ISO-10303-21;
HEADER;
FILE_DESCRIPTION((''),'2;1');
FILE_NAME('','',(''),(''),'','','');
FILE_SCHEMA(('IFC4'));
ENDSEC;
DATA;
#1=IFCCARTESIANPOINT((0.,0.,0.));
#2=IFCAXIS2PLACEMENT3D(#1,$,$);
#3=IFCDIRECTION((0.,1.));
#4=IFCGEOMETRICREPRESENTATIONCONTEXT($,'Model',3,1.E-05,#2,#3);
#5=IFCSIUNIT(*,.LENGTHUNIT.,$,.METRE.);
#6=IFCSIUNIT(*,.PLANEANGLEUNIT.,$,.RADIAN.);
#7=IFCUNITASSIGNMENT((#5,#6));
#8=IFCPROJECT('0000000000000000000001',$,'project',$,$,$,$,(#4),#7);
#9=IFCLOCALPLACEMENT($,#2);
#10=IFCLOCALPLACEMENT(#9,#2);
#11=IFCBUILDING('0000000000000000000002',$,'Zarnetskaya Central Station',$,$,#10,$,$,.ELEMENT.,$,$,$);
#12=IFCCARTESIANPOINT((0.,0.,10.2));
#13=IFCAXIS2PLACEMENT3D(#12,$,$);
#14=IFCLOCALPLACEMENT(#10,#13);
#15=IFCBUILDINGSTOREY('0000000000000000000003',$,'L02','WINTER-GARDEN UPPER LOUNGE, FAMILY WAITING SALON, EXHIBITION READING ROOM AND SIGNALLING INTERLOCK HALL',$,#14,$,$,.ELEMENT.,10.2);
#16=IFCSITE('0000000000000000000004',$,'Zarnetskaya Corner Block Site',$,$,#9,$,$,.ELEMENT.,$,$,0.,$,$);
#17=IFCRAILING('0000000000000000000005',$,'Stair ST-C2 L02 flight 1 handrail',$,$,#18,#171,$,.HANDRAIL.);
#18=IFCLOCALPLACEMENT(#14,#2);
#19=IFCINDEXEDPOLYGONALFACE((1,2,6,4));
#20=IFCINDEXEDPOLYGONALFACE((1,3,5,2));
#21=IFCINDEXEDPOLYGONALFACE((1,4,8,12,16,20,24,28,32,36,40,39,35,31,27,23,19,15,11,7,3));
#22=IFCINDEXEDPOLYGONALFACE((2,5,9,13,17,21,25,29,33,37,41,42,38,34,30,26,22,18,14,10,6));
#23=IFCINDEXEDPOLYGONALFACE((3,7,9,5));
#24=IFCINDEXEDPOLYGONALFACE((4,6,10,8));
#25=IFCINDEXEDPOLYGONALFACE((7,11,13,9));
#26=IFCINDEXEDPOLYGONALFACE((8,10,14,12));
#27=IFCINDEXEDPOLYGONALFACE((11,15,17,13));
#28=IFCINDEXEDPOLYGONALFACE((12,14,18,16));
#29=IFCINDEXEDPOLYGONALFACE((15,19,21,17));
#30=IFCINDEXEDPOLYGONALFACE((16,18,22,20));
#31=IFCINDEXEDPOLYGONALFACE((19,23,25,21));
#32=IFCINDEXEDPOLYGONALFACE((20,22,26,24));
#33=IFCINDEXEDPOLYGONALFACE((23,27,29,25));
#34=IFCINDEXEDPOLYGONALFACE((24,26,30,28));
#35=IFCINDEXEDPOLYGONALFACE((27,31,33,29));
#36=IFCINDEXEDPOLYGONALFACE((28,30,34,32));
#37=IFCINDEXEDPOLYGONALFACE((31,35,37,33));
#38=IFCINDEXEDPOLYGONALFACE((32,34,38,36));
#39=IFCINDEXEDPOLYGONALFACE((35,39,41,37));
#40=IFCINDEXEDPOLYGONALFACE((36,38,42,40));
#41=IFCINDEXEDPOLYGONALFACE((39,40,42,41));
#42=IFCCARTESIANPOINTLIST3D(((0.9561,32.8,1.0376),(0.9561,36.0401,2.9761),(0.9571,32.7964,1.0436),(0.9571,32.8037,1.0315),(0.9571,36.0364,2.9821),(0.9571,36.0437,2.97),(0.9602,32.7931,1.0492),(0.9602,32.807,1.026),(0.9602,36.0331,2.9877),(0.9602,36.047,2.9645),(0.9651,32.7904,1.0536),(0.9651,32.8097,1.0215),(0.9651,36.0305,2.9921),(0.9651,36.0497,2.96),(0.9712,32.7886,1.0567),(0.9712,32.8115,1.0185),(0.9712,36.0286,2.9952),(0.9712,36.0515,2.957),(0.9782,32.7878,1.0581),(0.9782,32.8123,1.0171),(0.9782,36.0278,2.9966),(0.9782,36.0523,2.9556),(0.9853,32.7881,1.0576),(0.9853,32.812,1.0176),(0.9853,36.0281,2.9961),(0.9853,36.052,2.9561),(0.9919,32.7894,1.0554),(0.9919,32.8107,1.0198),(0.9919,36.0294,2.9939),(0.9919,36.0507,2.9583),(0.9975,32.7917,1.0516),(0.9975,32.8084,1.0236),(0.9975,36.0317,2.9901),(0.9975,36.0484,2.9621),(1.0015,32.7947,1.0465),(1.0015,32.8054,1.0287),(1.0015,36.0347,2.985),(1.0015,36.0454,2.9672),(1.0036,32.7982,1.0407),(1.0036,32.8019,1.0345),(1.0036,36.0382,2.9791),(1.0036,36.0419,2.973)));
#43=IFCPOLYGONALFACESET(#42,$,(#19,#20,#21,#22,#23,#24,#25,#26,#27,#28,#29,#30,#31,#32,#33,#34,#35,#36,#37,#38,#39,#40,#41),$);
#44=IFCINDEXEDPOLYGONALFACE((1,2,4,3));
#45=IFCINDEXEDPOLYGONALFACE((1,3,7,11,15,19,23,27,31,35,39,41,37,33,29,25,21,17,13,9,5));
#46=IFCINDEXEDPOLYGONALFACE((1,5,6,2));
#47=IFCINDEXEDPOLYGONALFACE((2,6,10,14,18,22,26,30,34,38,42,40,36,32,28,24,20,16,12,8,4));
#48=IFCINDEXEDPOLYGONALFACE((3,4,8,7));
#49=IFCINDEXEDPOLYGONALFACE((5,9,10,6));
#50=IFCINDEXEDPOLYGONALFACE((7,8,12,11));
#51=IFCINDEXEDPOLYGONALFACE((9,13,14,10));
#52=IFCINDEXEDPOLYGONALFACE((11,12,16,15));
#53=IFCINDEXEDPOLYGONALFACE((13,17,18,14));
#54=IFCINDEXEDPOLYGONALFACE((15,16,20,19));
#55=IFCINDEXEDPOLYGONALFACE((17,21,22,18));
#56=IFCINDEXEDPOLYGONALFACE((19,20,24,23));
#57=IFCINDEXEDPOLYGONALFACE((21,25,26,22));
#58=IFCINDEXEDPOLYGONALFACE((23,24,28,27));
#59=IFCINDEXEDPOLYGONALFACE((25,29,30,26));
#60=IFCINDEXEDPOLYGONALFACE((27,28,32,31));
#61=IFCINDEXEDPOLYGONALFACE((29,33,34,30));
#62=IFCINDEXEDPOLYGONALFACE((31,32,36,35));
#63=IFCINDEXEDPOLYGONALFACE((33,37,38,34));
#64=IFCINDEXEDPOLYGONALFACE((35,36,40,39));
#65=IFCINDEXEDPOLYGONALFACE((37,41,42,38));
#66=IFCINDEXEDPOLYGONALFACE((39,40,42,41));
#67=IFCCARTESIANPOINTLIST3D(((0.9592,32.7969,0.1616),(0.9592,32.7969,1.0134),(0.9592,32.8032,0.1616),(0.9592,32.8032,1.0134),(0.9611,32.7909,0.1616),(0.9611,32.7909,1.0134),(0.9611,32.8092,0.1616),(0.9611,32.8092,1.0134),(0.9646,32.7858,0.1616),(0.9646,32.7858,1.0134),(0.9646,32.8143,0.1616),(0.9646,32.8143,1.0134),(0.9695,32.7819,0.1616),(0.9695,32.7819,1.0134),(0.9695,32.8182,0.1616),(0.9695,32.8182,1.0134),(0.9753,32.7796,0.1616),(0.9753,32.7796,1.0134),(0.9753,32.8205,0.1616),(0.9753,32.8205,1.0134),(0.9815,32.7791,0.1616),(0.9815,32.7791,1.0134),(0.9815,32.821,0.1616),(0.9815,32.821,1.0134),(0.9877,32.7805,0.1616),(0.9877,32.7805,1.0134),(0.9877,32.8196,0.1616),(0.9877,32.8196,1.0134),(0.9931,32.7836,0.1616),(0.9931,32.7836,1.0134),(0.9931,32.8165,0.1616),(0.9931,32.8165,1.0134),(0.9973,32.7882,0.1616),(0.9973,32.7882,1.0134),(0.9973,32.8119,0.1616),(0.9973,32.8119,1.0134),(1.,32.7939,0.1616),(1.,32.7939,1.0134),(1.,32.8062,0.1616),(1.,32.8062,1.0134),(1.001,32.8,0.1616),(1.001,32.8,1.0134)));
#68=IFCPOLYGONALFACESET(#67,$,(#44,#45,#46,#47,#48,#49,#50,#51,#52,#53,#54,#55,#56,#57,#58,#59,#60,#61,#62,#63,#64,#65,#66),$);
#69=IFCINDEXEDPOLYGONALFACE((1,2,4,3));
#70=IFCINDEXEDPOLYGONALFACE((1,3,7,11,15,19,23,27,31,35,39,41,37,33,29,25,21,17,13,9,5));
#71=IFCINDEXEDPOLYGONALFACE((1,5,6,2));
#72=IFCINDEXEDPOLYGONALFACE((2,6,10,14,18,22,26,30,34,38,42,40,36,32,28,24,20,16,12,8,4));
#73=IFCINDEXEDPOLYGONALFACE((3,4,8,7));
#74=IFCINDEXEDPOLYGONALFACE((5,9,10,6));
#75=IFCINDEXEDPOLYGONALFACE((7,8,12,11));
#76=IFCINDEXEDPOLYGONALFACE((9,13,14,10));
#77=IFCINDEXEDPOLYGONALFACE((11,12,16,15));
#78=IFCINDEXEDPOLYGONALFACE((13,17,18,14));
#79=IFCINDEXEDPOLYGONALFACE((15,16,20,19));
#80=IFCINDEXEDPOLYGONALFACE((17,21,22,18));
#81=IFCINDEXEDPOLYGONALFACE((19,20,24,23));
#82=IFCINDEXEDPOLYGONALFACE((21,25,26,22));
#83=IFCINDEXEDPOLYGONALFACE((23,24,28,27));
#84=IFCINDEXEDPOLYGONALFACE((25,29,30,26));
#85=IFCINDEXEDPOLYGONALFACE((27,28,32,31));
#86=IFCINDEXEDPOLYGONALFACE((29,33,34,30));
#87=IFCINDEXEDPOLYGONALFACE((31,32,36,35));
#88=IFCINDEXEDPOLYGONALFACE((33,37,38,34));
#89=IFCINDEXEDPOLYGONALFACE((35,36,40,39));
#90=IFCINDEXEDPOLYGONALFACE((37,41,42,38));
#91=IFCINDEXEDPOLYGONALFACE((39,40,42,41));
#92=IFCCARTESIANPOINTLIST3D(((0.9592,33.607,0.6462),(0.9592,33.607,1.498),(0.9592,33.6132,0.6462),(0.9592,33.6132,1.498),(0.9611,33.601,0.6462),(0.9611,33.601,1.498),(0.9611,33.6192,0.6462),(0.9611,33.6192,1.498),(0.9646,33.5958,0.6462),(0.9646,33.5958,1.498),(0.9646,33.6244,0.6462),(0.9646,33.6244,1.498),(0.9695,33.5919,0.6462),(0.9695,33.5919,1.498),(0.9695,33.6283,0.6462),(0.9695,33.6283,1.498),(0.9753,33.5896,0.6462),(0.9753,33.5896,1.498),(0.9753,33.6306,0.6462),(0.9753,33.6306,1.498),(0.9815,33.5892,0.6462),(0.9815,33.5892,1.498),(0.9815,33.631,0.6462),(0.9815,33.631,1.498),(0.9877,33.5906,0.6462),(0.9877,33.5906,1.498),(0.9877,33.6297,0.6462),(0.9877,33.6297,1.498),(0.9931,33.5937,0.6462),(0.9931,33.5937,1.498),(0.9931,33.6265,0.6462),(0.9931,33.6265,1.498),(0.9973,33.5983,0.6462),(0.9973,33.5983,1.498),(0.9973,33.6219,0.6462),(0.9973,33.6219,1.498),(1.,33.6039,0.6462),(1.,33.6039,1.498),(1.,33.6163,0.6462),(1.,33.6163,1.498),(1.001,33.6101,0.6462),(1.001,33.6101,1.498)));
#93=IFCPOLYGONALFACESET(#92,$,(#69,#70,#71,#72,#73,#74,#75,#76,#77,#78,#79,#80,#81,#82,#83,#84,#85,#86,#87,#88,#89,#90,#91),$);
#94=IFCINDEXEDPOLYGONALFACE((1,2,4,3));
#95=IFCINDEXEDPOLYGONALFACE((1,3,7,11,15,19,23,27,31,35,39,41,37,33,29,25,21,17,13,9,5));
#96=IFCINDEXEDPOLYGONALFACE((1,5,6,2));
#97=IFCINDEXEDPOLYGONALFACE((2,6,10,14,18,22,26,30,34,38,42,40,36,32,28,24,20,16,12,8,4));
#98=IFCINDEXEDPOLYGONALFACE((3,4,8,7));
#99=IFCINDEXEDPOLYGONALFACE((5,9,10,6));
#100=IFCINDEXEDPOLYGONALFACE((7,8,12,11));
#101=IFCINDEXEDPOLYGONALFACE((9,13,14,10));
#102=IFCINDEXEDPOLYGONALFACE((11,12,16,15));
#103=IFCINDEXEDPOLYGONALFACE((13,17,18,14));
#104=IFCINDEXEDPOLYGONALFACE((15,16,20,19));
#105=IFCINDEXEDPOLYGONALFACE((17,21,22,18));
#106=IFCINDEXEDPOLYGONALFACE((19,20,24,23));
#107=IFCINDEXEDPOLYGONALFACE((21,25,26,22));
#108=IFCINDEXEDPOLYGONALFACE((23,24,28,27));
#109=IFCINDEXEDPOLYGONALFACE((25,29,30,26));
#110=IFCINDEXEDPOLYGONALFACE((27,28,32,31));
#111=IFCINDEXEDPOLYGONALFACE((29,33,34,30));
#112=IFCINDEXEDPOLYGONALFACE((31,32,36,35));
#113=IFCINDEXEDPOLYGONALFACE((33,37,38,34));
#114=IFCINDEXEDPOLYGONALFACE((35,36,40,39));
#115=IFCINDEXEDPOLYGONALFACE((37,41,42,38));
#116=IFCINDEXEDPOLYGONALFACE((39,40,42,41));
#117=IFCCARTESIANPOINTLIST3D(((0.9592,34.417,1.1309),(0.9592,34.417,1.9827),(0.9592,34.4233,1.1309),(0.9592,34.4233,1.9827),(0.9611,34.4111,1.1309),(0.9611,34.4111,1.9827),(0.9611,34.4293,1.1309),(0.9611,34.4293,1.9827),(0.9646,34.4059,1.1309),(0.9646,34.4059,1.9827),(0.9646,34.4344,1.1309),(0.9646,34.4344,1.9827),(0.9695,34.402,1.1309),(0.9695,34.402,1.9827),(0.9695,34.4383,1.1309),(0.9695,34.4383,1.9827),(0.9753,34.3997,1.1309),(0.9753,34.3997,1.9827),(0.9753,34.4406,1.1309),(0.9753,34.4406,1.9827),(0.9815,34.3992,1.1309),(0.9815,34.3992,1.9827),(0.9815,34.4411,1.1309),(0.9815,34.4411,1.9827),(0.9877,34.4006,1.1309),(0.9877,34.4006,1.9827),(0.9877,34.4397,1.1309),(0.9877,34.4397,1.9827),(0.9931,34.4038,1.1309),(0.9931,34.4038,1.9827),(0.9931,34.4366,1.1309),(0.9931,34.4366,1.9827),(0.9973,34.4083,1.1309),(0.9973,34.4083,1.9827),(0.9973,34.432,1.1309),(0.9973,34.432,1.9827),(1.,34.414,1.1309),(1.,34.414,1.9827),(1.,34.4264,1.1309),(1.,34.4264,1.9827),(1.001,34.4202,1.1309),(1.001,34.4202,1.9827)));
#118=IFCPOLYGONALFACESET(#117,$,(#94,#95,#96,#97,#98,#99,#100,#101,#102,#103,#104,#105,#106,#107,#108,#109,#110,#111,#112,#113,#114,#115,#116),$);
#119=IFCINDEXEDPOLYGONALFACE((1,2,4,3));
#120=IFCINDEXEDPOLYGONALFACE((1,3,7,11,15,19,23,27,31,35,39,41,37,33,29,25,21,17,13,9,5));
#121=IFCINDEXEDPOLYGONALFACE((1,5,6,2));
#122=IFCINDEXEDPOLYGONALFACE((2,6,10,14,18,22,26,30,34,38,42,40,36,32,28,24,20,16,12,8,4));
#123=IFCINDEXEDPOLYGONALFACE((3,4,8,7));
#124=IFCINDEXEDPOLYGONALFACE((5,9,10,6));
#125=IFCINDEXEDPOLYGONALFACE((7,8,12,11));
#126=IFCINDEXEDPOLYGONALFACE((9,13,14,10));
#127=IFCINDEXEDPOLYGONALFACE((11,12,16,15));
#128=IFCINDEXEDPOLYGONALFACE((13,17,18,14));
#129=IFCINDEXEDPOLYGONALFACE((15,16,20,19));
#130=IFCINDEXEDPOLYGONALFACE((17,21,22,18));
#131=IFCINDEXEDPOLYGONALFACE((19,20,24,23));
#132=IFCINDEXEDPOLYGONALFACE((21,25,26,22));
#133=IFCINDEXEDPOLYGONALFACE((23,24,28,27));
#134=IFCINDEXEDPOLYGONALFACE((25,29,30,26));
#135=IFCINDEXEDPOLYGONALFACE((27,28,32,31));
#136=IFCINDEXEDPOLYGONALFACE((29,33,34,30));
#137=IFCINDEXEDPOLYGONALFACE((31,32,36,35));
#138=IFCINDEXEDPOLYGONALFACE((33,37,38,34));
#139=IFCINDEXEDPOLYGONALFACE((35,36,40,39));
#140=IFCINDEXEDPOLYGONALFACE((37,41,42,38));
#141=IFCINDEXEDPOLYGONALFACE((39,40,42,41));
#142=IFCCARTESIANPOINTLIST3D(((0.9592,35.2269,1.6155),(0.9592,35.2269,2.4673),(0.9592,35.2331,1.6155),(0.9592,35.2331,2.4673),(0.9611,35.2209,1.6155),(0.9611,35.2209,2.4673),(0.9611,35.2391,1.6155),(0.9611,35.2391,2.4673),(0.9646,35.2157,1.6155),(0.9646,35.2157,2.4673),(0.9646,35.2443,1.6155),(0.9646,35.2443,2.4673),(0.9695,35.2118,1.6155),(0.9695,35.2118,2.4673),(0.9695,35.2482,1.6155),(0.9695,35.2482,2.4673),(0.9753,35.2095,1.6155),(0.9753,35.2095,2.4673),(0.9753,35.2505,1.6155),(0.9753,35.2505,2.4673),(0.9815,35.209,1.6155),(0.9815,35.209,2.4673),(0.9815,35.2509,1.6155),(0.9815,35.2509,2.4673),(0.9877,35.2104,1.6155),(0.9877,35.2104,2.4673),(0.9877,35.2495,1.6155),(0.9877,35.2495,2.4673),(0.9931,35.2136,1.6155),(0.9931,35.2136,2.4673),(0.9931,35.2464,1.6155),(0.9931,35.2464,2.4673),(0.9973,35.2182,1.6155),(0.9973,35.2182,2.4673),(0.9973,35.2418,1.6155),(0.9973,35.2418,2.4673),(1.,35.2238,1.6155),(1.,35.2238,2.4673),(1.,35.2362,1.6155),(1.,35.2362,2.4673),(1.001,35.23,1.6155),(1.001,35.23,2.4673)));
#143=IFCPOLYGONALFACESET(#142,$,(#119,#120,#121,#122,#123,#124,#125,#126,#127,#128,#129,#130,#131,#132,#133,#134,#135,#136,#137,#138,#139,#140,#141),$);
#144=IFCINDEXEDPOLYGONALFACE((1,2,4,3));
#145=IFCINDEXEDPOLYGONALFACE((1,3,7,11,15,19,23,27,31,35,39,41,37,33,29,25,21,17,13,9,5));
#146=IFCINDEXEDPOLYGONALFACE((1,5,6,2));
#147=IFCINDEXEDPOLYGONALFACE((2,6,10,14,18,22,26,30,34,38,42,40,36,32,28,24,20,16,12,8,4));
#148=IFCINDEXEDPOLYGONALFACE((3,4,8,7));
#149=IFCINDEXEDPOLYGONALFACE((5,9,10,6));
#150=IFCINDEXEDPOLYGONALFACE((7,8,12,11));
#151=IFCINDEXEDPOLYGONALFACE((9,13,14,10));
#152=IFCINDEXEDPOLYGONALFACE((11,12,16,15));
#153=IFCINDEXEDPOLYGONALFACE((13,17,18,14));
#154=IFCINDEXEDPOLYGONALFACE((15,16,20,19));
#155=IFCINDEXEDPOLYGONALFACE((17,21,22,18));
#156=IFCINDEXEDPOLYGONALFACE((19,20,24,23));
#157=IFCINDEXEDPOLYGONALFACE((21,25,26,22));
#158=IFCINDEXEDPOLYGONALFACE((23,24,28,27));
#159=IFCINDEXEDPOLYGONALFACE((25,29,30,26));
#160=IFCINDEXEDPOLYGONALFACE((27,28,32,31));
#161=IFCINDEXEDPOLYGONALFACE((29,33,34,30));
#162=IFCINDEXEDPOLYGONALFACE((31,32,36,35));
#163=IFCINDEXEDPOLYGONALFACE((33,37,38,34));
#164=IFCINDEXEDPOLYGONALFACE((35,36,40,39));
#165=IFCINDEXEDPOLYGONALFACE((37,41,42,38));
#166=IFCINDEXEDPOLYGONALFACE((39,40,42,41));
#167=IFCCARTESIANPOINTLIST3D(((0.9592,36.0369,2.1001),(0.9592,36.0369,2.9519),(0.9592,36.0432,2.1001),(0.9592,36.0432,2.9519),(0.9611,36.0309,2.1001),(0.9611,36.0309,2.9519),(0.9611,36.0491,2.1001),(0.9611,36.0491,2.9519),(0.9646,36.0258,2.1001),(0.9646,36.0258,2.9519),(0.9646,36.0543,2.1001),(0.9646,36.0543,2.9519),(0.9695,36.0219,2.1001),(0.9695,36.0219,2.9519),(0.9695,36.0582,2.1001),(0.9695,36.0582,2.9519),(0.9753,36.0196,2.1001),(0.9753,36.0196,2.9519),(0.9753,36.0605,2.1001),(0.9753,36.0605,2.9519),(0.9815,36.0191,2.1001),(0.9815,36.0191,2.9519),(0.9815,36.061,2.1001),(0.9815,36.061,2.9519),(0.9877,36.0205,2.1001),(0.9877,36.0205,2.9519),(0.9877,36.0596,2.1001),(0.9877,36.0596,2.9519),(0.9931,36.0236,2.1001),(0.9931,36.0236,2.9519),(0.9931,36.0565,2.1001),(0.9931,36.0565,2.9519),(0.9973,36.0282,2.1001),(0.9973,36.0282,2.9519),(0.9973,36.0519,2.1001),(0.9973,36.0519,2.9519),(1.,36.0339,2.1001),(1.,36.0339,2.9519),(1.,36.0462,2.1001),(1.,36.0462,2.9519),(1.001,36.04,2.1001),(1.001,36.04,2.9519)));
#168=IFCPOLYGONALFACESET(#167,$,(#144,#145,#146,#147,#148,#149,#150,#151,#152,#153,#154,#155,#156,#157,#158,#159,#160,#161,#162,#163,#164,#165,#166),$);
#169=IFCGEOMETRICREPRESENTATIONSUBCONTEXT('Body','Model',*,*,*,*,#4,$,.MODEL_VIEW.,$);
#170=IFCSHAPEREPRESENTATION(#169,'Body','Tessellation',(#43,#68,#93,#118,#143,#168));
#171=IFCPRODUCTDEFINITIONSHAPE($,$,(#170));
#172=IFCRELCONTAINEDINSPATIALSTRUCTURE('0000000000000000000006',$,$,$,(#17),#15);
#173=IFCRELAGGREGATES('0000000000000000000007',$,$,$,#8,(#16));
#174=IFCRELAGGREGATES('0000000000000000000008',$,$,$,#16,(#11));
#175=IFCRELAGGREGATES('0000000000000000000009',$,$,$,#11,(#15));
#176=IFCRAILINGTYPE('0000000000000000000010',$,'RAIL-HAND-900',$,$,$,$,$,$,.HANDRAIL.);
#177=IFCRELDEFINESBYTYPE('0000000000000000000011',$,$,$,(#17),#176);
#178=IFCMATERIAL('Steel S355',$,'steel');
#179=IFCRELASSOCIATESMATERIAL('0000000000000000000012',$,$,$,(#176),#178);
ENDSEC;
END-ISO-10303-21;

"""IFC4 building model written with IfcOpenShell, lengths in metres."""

from ifc_helpers import new_model, si_unit, direction, frame, origin, origin_2d, place, context, subcontext, project, spatial, circle, extrude, material, type_object, element, save


model = new_model("IFC4")

# Units and contexts
model_context = context("Model", 3, precision=1e-05, world=origin(), true_north=direction((0.0, 1.0)))
body_context = subcontext(model_context, "Body", "Model", "MODEL_VIEW")
ifc_project = project(units=[si_unit("LENGTHUNIT", "METRE"), si_unit("PLANEANGLEUNIT", "RADIAN")], contexts=[model_context])

# Site, building, storey
site_placement = place(None, origin())
site = spatial("IfcSite", under=ifc_project, at=site_placement, Name="Zarnetskaya Corner Block Site", CompositionType="ELEMENT", RefElevation=0.0)
building_placement = place(site_placement, origin())
building = spatial("IfcBuilding", under=site, at=building_placement, Name="Zarnetskaya Central Station", CompositionType="ELEMENT")
storey_placement = place(building_placement, frame((0.0, 0.0, 10.2)))
storey = spatial("IfcBuildingStorey", under=building, at=storey_placement, Name="L02", Description="WINTER-GARDEN UPPER LOUNGE, FAMILY WAITING SALON, EXHIBITION READING ROOM AND SIGNALLING INTERLOCK HALL", CompositionType="ELEMENT", Elevation=10.2)

# Shared definitions
ifc_material_1 = material(Name="Steel S355", Category="steel")

# Railing
railing_type_1 = type_object("IfcRailingType", Name="RAIL-HAND-900", PredefinedType="HANDRAIL", material=ifc_material_1)
railing_1_placement = place(storey_placement, frame((0.98, 32.8, 0.1616)))
element("IfcRailing", 1, at=railing_1_placement, inside=storey, type_object=railing_type_1, Name="Stair ST-C2 L02 flight 1 handrail", PredefinedType="HANDRAIL", context=body_context, shape_type="SweptSolid", body=[
    extrude(circle(Radius=0.0239, at=origin_2d()), frame((0.0, 0.0, 0.876), z_axis=(0.0, 0.858137, 0.513421), x_axis=(-1.0, 0.0, 0.0)), (0.0, 0.0, 1.0), 3.7756),
    extrude(circle(Radius=0.021, at=origin_2d()), origin(), (0.0, 0.0, 1.0), 0.8518),
    extrude(circle(Radius=0.021, at=origin_2d()), frame((0.0, 0.8101, 0.4846)), (0.0, 0.0, 1.0), 0.8518),
    extrude(circle(Radius=0.021, at=origin_2d()), frame((0.0, 1.6201, 0.9692)), (0.0, 0.0, 1.0), 0.8518),
    extrude(circle(Radius=0.021, at=origin_2d()), frame((0.0, 2.4299, 1.4539)), (0.0, 0.0, 1.0), 0.8518),
    extrude(circle(Radius=0.021, at=origin_2d()), frame((0.0, 3.24, 1.9385)), (0.0, 0.0, 1.0), 0.8518),
])

save(model, "model.ifc")
